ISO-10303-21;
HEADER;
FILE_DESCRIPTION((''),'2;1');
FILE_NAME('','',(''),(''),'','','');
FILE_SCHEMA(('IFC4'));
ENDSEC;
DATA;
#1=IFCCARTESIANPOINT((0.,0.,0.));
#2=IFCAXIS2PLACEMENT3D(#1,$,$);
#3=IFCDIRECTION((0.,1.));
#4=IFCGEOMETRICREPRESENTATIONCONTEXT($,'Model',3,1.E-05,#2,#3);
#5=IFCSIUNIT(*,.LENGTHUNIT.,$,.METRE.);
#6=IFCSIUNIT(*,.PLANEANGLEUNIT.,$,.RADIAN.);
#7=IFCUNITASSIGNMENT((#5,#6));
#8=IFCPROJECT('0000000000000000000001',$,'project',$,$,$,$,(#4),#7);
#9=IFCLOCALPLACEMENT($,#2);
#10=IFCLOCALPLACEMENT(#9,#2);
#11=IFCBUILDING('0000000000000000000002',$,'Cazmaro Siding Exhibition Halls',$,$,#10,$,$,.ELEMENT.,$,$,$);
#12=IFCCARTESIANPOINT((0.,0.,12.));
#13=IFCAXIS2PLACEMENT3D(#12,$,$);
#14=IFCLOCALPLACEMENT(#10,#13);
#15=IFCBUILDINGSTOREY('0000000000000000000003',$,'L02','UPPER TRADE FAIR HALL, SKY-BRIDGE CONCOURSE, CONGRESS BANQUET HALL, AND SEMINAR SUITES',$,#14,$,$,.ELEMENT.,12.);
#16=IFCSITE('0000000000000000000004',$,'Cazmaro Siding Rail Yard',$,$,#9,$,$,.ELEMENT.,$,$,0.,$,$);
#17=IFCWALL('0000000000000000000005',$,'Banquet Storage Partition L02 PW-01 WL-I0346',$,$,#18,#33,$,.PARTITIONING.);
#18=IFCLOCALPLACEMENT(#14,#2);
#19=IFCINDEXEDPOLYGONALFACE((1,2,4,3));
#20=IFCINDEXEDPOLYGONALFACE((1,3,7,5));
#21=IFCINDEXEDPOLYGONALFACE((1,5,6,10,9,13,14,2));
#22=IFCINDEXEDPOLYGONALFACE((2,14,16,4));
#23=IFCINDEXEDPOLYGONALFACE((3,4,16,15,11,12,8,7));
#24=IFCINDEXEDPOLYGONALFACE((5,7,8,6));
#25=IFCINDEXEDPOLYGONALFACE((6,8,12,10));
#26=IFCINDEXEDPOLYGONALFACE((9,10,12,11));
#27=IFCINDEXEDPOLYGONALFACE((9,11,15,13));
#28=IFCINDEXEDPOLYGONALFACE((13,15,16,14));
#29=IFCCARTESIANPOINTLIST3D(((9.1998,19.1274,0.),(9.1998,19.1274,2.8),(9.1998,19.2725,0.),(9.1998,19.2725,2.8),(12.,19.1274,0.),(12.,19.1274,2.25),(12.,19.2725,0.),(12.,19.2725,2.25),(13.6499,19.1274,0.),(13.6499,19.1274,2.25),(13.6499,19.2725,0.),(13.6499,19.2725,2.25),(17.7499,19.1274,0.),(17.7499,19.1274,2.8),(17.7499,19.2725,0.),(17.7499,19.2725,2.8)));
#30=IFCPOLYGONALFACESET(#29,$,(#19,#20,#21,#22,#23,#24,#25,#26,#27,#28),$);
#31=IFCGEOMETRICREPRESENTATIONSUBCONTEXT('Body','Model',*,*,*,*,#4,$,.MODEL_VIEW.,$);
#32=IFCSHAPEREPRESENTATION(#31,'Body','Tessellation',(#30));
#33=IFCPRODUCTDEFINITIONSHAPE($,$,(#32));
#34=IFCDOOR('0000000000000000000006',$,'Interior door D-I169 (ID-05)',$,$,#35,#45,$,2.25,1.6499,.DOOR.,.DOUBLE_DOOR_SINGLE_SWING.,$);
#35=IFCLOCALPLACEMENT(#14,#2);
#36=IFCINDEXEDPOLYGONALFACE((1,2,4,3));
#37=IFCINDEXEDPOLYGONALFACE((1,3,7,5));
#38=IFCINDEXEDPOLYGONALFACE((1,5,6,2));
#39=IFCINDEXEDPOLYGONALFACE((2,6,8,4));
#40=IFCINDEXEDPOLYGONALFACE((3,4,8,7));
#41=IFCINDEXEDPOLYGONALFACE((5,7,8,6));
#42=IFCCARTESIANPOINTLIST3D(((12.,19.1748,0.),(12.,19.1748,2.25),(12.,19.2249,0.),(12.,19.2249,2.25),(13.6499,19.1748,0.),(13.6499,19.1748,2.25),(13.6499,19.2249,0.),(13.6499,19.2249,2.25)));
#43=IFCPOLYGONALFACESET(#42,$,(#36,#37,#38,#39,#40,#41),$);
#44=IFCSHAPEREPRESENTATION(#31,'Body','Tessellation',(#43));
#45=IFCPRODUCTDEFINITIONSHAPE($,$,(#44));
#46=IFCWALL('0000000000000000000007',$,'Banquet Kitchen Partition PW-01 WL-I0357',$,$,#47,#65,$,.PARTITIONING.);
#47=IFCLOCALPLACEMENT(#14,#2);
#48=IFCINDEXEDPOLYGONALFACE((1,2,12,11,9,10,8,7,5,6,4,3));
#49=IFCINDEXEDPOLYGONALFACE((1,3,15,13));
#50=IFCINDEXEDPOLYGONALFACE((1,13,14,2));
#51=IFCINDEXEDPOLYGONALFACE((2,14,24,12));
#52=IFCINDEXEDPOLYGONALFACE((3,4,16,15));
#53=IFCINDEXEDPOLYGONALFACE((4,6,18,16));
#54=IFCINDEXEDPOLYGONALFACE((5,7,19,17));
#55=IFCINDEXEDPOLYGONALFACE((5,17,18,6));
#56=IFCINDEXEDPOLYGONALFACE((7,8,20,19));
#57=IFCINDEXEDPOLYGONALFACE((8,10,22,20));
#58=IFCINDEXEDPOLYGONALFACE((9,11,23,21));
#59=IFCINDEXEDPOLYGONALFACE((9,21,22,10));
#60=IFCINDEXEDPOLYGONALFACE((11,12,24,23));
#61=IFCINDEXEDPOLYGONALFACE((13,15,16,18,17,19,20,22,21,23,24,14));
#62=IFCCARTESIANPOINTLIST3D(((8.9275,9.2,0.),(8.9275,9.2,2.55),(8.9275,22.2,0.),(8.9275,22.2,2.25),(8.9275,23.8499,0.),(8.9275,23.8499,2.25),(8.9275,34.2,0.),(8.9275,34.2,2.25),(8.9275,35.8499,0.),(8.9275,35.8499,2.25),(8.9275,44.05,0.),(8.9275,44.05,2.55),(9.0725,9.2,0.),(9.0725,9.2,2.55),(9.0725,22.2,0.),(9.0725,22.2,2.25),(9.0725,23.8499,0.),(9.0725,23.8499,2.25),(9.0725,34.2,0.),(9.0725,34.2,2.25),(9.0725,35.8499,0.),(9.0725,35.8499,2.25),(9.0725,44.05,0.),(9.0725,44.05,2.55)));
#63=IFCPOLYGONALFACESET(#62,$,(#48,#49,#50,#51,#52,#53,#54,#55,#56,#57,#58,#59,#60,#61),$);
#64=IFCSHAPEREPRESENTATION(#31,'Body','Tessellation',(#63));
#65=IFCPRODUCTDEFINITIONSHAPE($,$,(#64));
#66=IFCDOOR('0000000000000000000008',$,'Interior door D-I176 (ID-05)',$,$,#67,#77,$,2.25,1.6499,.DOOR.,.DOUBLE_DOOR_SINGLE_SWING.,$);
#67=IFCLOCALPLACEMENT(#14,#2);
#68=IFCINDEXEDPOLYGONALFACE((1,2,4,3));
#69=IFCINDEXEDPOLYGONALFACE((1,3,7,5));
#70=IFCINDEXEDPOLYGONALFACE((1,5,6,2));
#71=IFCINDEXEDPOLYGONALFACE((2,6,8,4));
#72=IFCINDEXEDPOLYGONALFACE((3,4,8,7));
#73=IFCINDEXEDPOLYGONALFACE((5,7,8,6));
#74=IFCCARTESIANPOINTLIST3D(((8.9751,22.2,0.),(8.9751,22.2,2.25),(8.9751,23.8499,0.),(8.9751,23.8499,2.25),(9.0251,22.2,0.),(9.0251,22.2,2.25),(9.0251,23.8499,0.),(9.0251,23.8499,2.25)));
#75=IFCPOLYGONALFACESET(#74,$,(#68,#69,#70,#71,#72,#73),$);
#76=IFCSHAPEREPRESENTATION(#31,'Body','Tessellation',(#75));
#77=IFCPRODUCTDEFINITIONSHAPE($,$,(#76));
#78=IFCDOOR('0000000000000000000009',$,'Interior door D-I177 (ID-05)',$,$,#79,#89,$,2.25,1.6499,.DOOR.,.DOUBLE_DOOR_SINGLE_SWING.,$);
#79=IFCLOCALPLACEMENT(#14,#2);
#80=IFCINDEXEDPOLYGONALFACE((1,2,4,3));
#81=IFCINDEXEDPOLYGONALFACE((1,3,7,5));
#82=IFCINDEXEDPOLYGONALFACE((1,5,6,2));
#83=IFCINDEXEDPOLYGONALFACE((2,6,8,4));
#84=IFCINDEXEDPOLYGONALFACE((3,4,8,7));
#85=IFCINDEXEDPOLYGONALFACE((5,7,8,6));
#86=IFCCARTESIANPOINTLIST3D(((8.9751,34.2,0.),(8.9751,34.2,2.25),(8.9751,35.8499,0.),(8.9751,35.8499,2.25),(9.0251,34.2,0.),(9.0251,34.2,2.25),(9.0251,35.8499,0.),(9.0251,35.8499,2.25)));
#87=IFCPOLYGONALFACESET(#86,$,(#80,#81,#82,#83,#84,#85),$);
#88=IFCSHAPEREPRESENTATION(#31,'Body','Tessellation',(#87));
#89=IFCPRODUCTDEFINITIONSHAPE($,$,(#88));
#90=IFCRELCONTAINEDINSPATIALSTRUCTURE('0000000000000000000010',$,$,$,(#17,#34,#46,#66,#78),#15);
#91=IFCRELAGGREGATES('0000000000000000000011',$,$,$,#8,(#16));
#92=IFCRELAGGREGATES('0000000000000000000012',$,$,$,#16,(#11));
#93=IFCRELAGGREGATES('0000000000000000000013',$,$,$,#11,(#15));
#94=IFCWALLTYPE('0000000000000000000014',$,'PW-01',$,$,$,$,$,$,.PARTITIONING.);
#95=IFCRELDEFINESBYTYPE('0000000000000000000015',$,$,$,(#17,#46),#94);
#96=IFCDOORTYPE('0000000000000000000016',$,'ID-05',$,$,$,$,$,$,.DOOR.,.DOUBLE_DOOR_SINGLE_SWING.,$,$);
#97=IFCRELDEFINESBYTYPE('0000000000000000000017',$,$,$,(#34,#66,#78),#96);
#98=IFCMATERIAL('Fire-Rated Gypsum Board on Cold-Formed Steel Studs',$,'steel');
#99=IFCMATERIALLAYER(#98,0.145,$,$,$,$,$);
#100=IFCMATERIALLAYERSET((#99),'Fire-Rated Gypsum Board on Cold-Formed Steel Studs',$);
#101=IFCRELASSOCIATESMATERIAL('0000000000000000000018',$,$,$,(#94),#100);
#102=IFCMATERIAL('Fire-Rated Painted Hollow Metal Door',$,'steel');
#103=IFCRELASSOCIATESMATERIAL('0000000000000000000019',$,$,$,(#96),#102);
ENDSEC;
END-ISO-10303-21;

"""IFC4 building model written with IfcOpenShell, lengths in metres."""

from ifc_helpers import new_model, si_unit, direction, frame, frame_2d, origin, place, context, subcontext, project, spatial, rectangle, extrude, material, layer, layer_set, type_object, element, fill, save


model = new_model("IFC4")

# Units and contexts
model_context = context("Model", 3, precision=1e-05, world=origin(), true_north=direction((0.0, 1.0)))
body_context = subcontext(model_context, "Body", "Model", "MODEL_VIEW")
ifc_project = project(units=[si_unit("LENGTHUNIT", "METRE"), si_unit("PLANEANGLEUNIT", "RADIAN")], contexts=[model_context])

# Site, building, storey
site_placement = place(None, origin())
site = spatial("IfcSite", under=ifc_project, at=site_placement, Name="Cazmaro Siding Rail Yard", CompositionType="ELEMENT", RefElevation=0.0)
building_placement = place(site_placement, origin())
building = spatial("IfcBuilding", under=site, at=building_placement, Name="Cazmaro Siding Exhibition Halls", CompositionType="ELEMENT")
storey_placement = place(building_placement, frame((0.0, 0.0, 12.0)))
storey = spatial("IfcBuildingStorey", under=building, at=storey_placement, Name="L02", Description="UPPER TRADE FAIR HALL, SKY-BRIDGE CONCOURSE, CONGRESS BANQUET HALL, AND SEMINAR SUITES", CompositionType="ELEMENT", Elevation=12.0)

# Wall, opening, door
ifc_material_1 = material(Name="Fire-Rated Gypsum Board on Cold-Formed Steel Studs", Category="steel")
ifc_layer_1 = layer(ifc_material_1, 0.145)
ifc_layer_set_1 = layer_set([ifc_layer_1], Name="Fire-Rated Gypsum Board on Cold-Formed Steel Studs")
wall_type_1 = type_object("IfcWallType", Name="PW-01", PredefinedType="PARTITIONING", material=ifc_layer_set_1)
wall_1_placement = place(storey_placement, frame((9.2, 19.2, 0.0), z_axis=(0.0, 0.0, 1.0), x_axis=(1.0, 0.0, 0.0)))
wall_1 = element("IfcWall", 1, at=wall_1_placement, inside=storey, type_object=wall_type_1, Name="Banquet Storage Partition L02 PW-01 WL-I0346", PredefinedType="PARTITIONING", context=body_context, shape_type="SweptSolid", body=[
    extrude(rectangle(XDim=8.55, YDim=0.145, at=frame_2d((4.2749, 0.0))), origin(), (0.0, 0.0, 1.0), 2.8),
])
opening_1_placement = place(wall_1_placement, frame((2.8, 0.0, 0.0)))
opening_1 = element("IfcOpeningElement", 2, at=opening_1_placement, cuts=wall_1, PredefinedType="OPENING", context=body_context, shape_type="SweptSolid", body=[
    extrude(rectangle(XDim=1.6499, YDim=2.25, at=frame_2d((0.825, 1.125))), frame((0.0, 0.0825, 0.0), z_axis=(0.0, -1.0, 0.0), x_axis=(1.0, 0.0, 0.0)), (0.0, 0.0, 1.0), 0.165),
])
ifc_material_2 = material(Name="Fire-Rated Painted Hollow Metal Door", Category="steel")
door_type = type_object("IfcDoorType", Name="ID-05", OperationType="DOUBLE_DOOR_SINGLE_SWING", PredefinedType="DOOR", material=ifc_material_2)
door_1_placement = place(opening_1_placement, origin())
door_1 = element("IfcDoor", 3, at=door_1_placement, inside=storey, type_object=door_type, Name="Interior door D-I169 (ID-05)", OperationType="DOUBLE_DOOR_SINGLE_SWING", OverallHeight=2.25, OverallWidth=1.6499, PredefinedType="DOOR", context=body_context, shape_type="SweptSolid", body=[
    extrude(rectangle(XDim=1.6499, YDim=2.25, at=frame_2d((0.825, 1.125))), frame((0.0, 0.0249, 0.0), z_axis=(0.0, -1.0, 0.0), x_axis=(1.0, 0.0, 0.0)), (0.0, 0.0, 1.0), 0.05),
])
fill(opening_1, door_1)

# Wall, openings, doors
wall_2_placement = place(storey_placement, frame((9.0, 9.2, 0.0), z_axis=(0.0, 0.0, 1.0), x_axis=(0.0, 1.0, 0.0)))
wall_2 = element("IfcWall", 4, at=wall_2_placement, inside=storey, type_object=wall_type_1, Name="Banquet Kitchen Partition PW-01 WL-I0357", PredefinedType="PARTITIONING", context=body_context, shape_type="SweptSolid", body=[
    extrude(rectangle(XDim=34.8501, YDim=0.145, at=frame_2d((17.425, 0.0))), origin(), (0.0, 0.0, 1.0), 2.55),
])
opening_2_placement = place(wall_2_placement, frame((13.0, 0.0, 0.0)))
opening_2 = element("IfcOpeningElement", 5, at=opening_2_placement, cuts=wall_2, PredefinedType="OPENING", context=body_context, shape_type="SweptSolid", body=[
    extrude(rectangle(XDim=1.6499, YDim=2.25, at=frame_2d((0.825, 1.125))), frame((0.0, 0.0825, 0.0), z_axis=(0.0, -1.0, 0.0), x_axis=(1.0, 0.0, 0.0)), (0.0, 0.0, 1.0), 0.165),
])
opening_3_placement = place(wall_2_placement, frame((25.0, 0.0, 0.0)))
opening_3 = element("IfcOpeningElement", 6, at=opening_3_placement, cuts=wall_2, PredefinedType="OPENING", context=body_context, shape_type="SweptSolid", body=[
    extrude(rectangle(XDim=1.6499, YDim=2.25, at=frame_2d((0.825, 1.125))), frame((0.0, 0.0825, 0.0), z_axis=(0.0, -1.0, 0.0), x_axis=(1.0, 0.0, 0.0)), (0.0, 0.0, 1.0), 0.165),
])
door_2_placement = place(opening_2_placement, origin())
door_2 = element("IfcDoor", 7, at=door_2_placement, inside=storey, type_object=door_type, Name="Interior door D-I176 (ID-05)", OperationType="DOUBLE_DOOR_SINGLE_SWING", OverallHeight=2.25, OverallWidth=1.6499, PredefinedType="DOOR", context=body_context, shape_type="SweptSolid", body=[
    extrude(rectangle(XDim=1.6499, YDim=2.25, at=frame_2d((0.825, 1.125))), frame((0.0, 0.0249, 0.0), z_axis=(0.0, -1.0, 0.0), x_axis=(1.0, 0.0, 0.0)), (0.0, 0.0, 1.0), 0.05),
])
fill(opening_2, door_2)
door_3_placement = place(opening_3_placement, origin())
door_3 = element("IfcDoor", 8, at=door_3_placement, inside=storey, type_object=door_type, Name="Interior door D-I177 (ID-05)", OperationType="DOUBLE_DOOR_SINGLE_SWING", OverallHeight=2.25, OverallWidth=1.6499, PredefinedType="DOOR", context=body_context, shape_type="SweptSolid", body=[
    extrude(rectangle(XDim=1.6499, YDim=2.25, at=frame_2d((0.825, 1.125))), frame((0.0, 0.0249, 0.0), z_axis=(0.0, -1.0, 0.0), x_axis=(1.0, 0.0, 0.0)), (0.0, 0.0, 1.0), 0.05),
])
fill(opening_3, door_3)

save(model, "model.ifc")
